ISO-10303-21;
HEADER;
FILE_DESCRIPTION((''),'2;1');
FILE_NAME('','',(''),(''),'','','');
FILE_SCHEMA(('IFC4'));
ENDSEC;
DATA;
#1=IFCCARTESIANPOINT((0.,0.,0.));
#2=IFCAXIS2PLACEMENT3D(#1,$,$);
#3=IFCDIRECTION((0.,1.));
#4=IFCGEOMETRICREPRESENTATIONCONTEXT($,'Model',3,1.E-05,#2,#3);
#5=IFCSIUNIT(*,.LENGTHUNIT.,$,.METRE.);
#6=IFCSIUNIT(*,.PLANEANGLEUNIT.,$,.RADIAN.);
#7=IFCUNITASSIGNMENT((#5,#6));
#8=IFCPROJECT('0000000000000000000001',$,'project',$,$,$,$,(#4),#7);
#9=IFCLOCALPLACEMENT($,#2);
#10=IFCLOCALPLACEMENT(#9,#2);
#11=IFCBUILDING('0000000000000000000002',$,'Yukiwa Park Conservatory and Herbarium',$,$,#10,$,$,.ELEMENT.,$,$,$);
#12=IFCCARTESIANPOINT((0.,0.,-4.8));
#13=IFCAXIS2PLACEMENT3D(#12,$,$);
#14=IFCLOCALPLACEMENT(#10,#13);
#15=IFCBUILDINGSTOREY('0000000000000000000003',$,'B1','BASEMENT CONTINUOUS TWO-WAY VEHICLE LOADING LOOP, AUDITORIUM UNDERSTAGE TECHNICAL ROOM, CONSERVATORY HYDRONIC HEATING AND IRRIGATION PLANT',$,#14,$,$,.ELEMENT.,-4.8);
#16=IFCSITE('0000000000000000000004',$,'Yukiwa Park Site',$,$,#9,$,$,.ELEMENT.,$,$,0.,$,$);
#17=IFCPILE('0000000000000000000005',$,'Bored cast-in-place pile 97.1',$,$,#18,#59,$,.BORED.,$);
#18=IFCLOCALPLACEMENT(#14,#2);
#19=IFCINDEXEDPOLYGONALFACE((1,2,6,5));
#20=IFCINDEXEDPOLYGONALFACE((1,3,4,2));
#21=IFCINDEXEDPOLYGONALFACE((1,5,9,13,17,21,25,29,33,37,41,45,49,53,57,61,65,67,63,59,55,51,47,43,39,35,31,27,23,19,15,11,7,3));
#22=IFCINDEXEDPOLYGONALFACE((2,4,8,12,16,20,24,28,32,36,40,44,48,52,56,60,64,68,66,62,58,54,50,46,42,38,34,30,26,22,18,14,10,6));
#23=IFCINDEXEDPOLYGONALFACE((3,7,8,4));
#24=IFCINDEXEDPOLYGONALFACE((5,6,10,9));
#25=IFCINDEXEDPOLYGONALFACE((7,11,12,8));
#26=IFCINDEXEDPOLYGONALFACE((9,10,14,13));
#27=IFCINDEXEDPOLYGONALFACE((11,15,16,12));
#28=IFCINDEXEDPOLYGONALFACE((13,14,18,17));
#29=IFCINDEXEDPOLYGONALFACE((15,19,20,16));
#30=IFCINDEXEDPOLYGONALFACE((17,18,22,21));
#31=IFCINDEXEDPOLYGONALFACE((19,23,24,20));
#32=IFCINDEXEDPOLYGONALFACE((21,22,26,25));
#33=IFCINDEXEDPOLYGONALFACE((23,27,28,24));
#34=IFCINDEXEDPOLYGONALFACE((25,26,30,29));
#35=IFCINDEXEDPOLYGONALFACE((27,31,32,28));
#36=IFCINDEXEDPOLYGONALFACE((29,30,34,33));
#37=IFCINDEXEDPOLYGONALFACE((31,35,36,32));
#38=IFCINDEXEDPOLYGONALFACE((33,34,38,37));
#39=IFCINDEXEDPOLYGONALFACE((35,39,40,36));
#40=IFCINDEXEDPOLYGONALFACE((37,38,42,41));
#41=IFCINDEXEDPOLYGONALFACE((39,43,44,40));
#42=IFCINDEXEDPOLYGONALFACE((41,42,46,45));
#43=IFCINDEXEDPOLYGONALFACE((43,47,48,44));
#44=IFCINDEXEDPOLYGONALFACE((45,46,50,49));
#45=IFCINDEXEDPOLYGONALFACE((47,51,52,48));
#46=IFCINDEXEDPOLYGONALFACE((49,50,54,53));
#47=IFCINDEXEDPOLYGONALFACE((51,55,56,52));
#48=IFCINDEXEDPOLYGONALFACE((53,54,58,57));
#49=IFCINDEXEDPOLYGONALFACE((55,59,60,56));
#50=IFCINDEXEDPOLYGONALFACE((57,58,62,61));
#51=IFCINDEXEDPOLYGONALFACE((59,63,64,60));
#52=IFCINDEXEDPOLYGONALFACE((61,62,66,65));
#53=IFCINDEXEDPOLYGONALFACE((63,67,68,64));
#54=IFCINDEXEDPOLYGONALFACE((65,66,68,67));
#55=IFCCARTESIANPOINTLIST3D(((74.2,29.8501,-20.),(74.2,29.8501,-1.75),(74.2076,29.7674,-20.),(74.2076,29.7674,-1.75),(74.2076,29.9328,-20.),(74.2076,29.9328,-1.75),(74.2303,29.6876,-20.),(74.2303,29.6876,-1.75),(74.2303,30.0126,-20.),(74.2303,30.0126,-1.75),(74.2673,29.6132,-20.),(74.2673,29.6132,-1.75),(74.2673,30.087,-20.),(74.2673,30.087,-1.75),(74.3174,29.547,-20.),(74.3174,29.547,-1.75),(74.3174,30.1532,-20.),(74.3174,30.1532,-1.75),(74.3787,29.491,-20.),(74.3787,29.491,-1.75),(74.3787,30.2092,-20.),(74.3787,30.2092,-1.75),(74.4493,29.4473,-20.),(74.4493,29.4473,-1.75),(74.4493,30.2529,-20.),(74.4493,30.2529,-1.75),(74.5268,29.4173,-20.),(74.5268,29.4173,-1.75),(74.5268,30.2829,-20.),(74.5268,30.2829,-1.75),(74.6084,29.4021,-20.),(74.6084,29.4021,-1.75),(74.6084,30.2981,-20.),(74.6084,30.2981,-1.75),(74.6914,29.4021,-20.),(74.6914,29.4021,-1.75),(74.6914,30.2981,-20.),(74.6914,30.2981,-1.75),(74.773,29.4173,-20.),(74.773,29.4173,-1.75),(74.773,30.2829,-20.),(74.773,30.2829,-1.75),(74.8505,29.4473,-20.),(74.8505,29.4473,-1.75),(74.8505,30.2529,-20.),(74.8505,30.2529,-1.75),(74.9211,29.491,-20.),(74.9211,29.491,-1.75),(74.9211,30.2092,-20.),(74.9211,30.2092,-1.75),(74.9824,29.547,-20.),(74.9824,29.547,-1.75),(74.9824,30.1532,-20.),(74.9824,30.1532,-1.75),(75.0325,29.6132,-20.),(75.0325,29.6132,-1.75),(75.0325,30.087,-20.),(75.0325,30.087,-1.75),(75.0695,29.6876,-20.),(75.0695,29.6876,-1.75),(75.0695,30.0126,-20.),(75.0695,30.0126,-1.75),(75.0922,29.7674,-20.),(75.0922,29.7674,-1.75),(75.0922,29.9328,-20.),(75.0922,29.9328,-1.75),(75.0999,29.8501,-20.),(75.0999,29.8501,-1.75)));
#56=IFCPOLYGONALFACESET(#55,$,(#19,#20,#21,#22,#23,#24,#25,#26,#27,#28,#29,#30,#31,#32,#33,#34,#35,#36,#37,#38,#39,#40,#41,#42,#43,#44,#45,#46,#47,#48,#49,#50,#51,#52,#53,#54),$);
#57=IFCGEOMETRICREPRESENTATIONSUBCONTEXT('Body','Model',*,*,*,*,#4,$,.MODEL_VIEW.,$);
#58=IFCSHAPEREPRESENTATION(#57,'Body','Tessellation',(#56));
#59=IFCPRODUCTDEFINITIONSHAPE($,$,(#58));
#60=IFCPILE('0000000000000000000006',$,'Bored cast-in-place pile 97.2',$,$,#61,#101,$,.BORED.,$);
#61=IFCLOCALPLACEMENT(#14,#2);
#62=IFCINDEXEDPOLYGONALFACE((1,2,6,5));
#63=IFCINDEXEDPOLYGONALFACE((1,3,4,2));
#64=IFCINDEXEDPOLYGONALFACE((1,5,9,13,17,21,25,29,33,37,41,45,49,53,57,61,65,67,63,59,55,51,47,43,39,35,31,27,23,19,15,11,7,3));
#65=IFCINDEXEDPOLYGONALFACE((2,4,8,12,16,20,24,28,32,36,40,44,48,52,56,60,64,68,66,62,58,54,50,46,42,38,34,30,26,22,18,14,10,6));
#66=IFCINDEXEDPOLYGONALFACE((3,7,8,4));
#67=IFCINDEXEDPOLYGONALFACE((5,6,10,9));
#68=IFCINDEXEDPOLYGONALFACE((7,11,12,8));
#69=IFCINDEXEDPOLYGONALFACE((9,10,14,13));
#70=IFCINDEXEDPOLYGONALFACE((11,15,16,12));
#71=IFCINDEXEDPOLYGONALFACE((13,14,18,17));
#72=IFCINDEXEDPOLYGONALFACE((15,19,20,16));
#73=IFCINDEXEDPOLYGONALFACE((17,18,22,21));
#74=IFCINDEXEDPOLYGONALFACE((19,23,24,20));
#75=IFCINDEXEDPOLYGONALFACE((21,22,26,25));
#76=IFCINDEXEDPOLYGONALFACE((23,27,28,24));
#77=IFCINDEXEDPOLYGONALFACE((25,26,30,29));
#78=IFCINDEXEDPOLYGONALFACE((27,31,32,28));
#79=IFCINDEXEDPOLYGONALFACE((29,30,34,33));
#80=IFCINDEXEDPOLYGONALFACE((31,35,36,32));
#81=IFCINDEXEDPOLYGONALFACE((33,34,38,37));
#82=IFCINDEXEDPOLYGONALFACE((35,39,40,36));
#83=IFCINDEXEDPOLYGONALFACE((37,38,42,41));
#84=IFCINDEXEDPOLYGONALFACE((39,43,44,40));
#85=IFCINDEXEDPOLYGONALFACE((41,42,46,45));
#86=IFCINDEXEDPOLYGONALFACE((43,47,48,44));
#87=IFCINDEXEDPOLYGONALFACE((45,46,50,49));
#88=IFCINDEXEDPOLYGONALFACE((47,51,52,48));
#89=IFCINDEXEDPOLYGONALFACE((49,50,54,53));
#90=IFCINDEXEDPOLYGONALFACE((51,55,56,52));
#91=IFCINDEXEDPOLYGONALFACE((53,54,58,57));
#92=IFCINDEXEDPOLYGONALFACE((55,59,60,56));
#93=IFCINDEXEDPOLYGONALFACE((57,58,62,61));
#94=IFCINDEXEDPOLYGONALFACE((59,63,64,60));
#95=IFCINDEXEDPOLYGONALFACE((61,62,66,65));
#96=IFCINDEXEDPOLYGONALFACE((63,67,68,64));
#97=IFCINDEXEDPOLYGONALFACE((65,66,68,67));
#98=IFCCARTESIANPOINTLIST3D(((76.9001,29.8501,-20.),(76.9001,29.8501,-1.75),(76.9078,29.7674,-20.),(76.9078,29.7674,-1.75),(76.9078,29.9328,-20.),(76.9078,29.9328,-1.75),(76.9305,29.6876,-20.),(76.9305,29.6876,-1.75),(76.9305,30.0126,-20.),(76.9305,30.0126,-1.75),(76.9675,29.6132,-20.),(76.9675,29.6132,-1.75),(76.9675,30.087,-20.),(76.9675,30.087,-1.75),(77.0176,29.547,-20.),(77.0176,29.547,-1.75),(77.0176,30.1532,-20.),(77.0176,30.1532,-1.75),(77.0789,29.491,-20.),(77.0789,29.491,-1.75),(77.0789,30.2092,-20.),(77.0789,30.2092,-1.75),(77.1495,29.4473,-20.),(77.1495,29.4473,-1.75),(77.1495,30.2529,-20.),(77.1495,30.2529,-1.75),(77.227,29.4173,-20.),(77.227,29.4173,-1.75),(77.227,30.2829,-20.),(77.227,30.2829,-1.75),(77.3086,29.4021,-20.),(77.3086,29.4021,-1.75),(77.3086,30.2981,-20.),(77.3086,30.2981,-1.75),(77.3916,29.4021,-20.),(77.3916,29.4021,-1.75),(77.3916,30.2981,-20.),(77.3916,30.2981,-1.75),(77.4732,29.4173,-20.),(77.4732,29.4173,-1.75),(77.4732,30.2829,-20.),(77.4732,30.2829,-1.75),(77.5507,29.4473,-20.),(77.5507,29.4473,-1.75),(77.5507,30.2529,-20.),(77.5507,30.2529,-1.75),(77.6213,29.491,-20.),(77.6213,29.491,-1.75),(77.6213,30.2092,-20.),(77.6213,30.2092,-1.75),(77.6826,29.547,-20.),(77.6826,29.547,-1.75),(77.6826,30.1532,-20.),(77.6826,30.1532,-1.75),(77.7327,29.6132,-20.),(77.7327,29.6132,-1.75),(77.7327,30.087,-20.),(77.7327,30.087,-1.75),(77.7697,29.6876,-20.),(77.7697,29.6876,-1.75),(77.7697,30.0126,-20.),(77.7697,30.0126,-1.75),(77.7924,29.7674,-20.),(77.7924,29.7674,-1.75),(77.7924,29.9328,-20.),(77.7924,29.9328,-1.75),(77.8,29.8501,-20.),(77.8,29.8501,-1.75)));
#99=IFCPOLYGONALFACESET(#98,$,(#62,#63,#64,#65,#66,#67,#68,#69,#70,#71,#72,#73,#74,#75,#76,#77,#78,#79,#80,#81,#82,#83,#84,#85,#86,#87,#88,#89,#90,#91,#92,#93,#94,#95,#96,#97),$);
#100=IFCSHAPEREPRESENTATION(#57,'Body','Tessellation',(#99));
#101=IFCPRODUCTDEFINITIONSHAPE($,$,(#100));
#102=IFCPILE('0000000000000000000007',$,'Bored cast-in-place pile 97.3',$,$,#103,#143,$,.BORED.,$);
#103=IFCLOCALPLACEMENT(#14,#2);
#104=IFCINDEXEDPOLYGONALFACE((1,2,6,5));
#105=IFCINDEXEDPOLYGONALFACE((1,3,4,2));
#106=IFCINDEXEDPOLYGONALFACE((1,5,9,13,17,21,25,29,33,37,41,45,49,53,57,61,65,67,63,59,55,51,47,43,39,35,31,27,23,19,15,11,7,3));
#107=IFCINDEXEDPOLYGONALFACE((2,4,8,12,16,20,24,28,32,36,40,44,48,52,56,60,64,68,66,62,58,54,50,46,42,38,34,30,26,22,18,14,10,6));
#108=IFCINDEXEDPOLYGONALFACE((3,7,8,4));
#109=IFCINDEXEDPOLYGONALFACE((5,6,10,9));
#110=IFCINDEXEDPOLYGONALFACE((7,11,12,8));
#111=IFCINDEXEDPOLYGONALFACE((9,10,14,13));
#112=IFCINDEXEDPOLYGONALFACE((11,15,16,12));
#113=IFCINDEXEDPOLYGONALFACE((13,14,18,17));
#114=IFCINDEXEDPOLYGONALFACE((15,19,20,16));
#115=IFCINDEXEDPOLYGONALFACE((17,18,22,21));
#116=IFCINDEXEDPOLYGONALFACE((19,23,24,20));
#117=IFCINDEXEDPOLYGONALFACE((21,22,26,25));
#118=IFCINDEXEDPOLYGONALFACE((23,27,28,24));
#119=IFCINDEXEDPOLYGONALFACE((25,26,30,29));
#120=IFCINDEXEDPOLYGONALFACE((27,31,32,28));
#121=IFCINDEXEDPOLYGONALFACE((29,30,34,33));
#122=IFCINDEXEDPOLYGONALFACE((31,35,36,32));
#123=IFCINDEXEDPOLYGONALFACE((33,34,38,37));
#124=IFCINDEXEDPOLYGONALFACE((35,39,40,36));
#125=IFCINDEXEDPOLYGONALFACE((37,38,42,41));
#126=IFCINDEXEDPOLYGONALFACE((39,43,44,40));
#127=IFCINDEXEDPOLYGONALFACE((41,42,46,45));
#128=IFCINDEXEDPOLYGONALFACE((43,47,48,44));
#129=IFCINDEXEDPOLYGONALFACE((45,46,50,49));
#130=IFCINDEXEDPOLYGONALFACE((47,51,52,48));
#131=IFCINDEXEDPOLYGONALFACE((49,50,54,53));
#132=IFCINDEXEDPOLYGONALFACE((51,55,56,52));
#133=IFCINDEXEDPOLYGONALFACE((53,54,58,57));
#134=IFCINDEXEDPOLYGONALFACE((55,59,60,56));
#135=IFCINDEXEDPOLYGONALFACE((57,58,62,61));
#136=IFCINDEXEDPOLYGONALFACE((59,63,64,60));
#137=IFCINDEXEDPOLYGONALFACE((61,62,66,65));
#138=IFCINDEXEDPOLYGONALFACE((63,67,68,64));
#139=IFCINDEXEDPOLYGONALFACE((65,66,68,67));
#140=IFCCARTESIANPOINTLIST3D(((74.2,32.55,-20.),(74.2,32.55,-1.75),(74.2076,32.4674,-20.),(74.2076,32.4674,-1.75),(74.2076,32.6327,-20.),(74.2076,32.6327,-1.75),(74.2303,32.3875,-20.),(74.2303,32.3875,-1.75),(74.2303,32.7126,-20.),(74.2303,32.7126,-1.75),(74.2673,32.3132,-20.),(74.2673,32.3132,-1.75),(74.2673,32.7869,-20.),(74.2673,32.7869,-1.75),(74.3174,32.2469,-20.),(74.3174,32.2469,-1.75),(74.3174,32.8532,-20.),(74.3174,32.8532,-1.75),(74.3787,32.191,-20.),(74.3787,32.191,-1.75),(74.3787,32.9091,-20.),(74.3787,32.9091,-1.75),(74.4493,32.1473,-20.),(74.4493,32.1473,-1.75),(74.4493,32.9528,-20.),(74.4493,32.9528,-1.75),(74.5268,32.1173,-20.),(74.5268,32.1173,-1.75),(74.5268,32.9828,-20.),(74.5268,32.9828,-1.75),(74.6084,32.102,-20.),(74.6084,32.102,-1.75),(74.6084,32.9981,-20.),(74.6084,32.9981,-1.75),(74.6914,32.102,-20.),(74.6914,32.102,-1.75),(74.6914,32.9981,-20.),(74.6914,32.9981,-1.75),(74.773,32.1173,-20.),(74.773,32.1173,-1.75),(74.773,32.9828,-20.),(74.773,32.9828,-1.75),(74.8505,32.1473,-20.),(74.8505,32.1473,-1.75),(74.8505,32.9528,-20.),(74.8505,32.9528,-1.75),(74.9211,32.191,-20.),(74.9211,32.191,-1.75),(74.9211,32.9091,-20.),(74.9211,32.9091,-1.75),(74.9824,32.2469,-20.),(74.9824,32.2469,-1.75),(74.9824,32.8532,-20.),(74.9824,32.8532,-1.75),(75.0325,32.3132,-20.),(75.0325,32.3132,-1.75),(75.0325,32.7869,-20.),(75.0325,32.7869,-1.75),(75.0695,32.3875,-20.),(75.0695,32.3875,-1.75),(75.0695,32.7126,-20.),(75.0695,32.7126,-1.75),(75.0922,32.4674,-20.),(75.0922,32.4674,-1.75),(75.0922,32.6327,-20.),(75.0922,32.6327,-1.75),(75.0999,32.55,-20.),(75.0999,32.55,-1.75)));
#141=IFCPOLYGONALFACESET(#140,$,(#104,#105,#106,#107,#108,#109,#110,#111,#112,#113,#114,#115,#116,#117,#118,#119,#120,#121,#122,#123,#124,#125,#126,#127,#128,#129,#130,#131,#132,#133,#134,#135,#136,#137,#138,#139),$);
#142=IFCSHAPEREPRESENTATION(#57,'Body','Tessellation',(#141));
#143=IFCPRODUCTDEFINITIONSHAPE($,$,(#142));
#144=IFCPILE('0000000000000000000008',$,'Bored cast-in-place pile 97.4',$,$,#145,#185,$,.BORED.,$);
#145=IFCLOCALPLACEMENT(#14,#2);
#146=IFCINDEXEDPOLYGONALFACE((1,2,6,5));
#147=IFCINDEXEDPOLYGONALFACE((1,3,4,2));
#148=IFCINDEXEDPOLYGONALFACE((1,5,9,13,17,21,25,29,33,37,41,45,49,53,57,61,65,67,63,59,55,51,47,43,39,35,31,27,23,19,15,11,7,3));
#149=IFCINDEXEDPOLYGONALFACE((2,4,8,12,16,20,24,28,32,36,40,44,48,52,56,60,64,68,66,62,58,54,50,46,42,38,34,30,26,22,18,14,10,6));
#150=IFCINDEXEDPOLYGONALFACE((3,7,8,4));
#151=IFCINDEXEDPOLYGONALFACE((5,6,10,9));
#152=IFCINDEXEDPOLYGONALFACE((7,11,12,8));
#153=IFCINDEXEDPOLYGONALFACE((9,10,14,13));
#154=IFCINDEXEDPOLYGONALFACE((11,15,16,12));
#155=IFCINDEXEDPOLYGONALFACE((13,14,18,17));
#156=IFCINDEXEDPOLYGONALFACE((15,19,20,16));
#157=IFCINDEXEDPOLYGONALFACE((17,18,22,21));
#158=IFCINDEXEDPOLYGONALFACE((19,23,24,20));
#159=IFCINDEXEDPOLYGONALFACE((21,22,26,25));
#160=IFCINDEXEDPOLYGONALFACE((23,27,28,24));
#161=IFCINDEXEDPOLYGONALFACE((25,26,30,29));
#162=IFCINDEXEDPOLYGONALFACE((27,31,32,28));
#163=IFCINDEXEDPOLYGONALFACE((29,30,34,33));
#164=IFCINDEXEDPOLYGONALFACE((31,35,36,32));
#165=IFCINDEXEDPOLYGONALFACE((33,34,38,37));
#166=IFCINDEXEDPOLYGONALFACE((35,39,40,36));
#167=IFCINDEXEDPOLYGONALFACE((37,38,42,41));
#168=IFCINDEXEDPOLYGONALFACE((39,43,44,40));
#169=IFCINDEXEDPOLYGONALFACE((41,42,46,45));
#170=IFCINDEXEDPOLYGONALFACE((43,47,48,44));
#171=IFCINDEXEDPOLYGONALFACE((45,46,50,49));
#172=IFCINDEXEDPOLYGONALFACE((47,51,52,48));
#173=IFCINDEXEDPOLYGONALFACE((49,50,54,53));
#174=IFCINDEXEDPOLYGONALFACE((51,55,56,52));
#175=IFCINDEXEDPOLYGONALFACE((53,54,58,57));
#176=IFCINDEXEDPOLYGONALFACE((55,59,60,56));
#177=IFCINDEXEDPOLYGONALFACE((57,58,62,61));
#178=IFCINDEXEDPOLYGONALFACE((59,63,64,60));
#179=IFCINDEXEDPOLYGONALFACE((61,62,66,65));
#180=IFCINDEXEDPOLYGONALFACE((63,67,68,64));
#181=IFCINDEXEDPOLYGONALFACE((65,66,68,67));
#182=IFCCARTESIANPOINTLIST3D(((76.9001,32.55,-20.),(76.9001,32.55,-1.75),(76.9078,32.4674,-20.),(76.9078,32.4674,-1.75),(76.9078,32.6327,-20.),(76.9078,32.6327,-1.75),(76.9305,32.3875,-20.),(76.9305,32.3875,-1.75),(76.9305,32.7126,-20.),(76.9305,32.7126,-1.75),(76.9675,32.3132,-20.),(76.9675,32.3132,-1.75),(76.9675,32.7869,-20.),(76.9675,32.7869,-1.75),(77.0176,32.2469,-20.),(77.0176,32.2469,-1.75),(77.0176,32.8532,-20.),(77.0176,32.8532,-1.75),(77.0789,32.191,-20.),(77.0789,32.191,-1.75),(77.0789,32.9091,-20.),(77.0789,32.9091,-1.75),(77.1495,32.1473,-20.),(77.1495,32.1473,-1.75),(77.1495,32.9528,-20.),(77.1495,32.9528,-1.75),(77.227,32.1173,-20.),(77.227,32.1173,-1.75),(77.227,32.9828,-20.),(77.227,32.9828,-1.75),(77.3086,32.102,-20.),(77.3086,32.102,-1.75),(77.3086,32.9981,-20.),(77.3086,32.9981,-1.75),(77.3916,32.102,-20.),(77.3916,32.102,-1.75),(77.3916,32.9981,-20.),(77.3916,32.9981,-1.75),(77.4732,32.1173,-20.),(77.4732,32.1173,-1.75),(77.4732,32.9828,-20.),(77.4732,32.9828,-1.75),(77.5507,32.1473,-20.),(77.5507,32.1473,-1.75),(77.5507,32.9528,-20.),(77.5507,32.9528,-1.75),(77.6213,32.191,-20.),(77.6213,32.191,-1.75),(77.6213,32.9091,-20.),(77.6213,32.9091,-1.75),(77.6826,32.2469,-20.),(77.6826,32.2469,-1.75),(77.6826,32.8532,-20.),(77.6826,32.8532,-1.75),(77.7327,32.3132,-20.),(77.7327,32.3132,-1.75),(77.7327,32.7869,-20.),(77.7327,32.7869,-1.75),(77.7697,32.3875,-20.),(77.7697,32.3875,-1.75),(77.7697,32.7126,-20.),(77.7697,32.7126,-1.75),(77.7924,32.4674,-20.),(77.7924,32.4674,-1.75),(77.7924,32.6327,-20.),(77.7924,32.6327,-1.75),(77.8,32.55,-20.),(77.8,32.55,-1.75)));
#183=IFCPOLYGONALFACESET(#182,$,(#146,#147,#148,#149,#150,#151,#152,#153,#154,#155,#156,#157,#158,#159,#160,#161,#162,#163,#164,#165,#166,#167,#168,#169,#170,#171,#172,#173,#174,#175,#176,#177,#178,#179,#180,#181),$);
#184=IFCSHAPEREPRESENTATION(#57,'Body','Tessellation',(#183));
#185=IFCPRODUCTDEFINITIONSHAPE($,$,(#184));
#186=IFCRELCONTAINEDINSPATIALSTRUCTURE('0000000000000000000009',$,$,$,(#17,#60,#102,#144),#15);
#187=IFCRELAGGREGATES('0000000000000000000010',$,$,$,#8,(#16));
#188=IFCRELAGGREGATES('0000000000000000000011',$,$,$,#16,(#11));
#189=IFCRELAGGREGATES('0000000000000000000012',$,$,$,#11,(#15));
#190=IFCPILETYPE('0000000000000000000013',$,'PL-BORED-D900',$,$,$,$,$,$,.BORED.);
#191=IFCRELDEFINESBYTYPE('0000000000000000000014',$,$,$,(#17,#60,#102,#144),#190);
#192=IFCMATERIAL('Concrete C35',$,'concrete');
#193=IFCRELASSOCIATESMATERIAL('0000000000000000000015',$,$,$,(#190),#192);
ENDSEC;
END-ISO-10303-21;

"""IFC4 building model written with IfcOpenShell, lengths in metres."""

from ifc_helpers import new_model, si_unit, direction, frame, origin, origin_2d, place, context, subcontext, project, spatial, circle, extrude, material, material_profile, profile_set, type_object, element, save


model = new_model("IFC4")

# Units and contexts
model_context = context("Model", 3, precision=1e-05, world=origin(), true_north=direction((0.0, 1.0)))
body_context = subcontext(model_context, "Body", "Model", "MODEL_VIEW")
ifc_project = project(units=[si_unit("LENGTHUNIT", "METRE"), si_unit("PLANEANGLEUNIT", "RADIAN")], contexts=[model_context])

# Site, building, storey
site_placement = place(None, origin())
site = spatial("IfcSite", under=ifc_project, at=site_placement, Name="Yukiwa Park Site", CompositionType="ELEMENT", RefElevation=0.0)
building_placement = place(site_placement, origin())
building = spatial("IfcBuilding", under=site, at=building_placement, Name="Yukiwa Park Conservatory and Herbarium", CompositionType="ELEMENT")
storey_placement = place(building_placement, frame((0.0, 0.0, -4.8)))
storey = spatial("IfcBuildingStorey", under=building, at=storey_placement, Name="B1", Description="BASEMENT CONTINUOUS TWO-WAY VEHICLE LOADING LOOP, AUDITORIUM UNDERSTAGE TECHNICAL ROOM, CONSERVATORY HYDRONIC HEATING AND IRRIGATION PLANT", CompositionType="ELEMENT", Elevation=-4.8)

# Piles
ifc_material_1 = material(Name="Concrete C35", Category="concrete")
ifc_material_profile_1 = material_profile(ifc_material_1, circle(Radius=0.45, at=origin_2d()), Name="PILE D900")
ifc_profile_set_1 = profile_set([ifc_material_profile_1], Name="Concrete C35")
pile_type_1 = type_object("IfcPileType", Name="PL-BORED-D900", PredefinedType="BORED", material=ifc_profile_set_1)
for number, where, z_axis, x_axis, name in (
    (1, (74.6499, 29.8501, -1.75), (0.0, 0.0, -1.0), (1.0, 0.0, 0.0), "Bored cast-in-place pile 97.1"),
    (2, (77.3501, 29.8501, -1.75), (0.0, 0.0, -1.0), (1.0, 0.0, 0.0), "Bored cast-in-place pile 97.2"),
    (3, (74.6499, 32.55, -1.75), (0.0, 0.0, -1.0), (1.0, 0.0, 0.0), "Bored cast-in-place pile 97.3"),
    (4, (77.3501, 32.55, -1.75), (0.0, 0.0, -1.0), (1.0, 0.0, 0.0), "Bored cast-in-place pile 97.4"),
):
    element("IfcPile", number, at=place(storey_placement, frame(where, z_axis=z_axis, x_axis=x_axis)), inside=storey, type_object=pile_type_1, Name=name, PredefinedType="BORED", context=body_context, shape_type="SweptSolid", body=[
        extrude(circle(Radius=0.45, at=origin_2d()), origin(), (0.0, 0.0, 1.0), 18.25),
    ])

save(model, "model.ifc")
